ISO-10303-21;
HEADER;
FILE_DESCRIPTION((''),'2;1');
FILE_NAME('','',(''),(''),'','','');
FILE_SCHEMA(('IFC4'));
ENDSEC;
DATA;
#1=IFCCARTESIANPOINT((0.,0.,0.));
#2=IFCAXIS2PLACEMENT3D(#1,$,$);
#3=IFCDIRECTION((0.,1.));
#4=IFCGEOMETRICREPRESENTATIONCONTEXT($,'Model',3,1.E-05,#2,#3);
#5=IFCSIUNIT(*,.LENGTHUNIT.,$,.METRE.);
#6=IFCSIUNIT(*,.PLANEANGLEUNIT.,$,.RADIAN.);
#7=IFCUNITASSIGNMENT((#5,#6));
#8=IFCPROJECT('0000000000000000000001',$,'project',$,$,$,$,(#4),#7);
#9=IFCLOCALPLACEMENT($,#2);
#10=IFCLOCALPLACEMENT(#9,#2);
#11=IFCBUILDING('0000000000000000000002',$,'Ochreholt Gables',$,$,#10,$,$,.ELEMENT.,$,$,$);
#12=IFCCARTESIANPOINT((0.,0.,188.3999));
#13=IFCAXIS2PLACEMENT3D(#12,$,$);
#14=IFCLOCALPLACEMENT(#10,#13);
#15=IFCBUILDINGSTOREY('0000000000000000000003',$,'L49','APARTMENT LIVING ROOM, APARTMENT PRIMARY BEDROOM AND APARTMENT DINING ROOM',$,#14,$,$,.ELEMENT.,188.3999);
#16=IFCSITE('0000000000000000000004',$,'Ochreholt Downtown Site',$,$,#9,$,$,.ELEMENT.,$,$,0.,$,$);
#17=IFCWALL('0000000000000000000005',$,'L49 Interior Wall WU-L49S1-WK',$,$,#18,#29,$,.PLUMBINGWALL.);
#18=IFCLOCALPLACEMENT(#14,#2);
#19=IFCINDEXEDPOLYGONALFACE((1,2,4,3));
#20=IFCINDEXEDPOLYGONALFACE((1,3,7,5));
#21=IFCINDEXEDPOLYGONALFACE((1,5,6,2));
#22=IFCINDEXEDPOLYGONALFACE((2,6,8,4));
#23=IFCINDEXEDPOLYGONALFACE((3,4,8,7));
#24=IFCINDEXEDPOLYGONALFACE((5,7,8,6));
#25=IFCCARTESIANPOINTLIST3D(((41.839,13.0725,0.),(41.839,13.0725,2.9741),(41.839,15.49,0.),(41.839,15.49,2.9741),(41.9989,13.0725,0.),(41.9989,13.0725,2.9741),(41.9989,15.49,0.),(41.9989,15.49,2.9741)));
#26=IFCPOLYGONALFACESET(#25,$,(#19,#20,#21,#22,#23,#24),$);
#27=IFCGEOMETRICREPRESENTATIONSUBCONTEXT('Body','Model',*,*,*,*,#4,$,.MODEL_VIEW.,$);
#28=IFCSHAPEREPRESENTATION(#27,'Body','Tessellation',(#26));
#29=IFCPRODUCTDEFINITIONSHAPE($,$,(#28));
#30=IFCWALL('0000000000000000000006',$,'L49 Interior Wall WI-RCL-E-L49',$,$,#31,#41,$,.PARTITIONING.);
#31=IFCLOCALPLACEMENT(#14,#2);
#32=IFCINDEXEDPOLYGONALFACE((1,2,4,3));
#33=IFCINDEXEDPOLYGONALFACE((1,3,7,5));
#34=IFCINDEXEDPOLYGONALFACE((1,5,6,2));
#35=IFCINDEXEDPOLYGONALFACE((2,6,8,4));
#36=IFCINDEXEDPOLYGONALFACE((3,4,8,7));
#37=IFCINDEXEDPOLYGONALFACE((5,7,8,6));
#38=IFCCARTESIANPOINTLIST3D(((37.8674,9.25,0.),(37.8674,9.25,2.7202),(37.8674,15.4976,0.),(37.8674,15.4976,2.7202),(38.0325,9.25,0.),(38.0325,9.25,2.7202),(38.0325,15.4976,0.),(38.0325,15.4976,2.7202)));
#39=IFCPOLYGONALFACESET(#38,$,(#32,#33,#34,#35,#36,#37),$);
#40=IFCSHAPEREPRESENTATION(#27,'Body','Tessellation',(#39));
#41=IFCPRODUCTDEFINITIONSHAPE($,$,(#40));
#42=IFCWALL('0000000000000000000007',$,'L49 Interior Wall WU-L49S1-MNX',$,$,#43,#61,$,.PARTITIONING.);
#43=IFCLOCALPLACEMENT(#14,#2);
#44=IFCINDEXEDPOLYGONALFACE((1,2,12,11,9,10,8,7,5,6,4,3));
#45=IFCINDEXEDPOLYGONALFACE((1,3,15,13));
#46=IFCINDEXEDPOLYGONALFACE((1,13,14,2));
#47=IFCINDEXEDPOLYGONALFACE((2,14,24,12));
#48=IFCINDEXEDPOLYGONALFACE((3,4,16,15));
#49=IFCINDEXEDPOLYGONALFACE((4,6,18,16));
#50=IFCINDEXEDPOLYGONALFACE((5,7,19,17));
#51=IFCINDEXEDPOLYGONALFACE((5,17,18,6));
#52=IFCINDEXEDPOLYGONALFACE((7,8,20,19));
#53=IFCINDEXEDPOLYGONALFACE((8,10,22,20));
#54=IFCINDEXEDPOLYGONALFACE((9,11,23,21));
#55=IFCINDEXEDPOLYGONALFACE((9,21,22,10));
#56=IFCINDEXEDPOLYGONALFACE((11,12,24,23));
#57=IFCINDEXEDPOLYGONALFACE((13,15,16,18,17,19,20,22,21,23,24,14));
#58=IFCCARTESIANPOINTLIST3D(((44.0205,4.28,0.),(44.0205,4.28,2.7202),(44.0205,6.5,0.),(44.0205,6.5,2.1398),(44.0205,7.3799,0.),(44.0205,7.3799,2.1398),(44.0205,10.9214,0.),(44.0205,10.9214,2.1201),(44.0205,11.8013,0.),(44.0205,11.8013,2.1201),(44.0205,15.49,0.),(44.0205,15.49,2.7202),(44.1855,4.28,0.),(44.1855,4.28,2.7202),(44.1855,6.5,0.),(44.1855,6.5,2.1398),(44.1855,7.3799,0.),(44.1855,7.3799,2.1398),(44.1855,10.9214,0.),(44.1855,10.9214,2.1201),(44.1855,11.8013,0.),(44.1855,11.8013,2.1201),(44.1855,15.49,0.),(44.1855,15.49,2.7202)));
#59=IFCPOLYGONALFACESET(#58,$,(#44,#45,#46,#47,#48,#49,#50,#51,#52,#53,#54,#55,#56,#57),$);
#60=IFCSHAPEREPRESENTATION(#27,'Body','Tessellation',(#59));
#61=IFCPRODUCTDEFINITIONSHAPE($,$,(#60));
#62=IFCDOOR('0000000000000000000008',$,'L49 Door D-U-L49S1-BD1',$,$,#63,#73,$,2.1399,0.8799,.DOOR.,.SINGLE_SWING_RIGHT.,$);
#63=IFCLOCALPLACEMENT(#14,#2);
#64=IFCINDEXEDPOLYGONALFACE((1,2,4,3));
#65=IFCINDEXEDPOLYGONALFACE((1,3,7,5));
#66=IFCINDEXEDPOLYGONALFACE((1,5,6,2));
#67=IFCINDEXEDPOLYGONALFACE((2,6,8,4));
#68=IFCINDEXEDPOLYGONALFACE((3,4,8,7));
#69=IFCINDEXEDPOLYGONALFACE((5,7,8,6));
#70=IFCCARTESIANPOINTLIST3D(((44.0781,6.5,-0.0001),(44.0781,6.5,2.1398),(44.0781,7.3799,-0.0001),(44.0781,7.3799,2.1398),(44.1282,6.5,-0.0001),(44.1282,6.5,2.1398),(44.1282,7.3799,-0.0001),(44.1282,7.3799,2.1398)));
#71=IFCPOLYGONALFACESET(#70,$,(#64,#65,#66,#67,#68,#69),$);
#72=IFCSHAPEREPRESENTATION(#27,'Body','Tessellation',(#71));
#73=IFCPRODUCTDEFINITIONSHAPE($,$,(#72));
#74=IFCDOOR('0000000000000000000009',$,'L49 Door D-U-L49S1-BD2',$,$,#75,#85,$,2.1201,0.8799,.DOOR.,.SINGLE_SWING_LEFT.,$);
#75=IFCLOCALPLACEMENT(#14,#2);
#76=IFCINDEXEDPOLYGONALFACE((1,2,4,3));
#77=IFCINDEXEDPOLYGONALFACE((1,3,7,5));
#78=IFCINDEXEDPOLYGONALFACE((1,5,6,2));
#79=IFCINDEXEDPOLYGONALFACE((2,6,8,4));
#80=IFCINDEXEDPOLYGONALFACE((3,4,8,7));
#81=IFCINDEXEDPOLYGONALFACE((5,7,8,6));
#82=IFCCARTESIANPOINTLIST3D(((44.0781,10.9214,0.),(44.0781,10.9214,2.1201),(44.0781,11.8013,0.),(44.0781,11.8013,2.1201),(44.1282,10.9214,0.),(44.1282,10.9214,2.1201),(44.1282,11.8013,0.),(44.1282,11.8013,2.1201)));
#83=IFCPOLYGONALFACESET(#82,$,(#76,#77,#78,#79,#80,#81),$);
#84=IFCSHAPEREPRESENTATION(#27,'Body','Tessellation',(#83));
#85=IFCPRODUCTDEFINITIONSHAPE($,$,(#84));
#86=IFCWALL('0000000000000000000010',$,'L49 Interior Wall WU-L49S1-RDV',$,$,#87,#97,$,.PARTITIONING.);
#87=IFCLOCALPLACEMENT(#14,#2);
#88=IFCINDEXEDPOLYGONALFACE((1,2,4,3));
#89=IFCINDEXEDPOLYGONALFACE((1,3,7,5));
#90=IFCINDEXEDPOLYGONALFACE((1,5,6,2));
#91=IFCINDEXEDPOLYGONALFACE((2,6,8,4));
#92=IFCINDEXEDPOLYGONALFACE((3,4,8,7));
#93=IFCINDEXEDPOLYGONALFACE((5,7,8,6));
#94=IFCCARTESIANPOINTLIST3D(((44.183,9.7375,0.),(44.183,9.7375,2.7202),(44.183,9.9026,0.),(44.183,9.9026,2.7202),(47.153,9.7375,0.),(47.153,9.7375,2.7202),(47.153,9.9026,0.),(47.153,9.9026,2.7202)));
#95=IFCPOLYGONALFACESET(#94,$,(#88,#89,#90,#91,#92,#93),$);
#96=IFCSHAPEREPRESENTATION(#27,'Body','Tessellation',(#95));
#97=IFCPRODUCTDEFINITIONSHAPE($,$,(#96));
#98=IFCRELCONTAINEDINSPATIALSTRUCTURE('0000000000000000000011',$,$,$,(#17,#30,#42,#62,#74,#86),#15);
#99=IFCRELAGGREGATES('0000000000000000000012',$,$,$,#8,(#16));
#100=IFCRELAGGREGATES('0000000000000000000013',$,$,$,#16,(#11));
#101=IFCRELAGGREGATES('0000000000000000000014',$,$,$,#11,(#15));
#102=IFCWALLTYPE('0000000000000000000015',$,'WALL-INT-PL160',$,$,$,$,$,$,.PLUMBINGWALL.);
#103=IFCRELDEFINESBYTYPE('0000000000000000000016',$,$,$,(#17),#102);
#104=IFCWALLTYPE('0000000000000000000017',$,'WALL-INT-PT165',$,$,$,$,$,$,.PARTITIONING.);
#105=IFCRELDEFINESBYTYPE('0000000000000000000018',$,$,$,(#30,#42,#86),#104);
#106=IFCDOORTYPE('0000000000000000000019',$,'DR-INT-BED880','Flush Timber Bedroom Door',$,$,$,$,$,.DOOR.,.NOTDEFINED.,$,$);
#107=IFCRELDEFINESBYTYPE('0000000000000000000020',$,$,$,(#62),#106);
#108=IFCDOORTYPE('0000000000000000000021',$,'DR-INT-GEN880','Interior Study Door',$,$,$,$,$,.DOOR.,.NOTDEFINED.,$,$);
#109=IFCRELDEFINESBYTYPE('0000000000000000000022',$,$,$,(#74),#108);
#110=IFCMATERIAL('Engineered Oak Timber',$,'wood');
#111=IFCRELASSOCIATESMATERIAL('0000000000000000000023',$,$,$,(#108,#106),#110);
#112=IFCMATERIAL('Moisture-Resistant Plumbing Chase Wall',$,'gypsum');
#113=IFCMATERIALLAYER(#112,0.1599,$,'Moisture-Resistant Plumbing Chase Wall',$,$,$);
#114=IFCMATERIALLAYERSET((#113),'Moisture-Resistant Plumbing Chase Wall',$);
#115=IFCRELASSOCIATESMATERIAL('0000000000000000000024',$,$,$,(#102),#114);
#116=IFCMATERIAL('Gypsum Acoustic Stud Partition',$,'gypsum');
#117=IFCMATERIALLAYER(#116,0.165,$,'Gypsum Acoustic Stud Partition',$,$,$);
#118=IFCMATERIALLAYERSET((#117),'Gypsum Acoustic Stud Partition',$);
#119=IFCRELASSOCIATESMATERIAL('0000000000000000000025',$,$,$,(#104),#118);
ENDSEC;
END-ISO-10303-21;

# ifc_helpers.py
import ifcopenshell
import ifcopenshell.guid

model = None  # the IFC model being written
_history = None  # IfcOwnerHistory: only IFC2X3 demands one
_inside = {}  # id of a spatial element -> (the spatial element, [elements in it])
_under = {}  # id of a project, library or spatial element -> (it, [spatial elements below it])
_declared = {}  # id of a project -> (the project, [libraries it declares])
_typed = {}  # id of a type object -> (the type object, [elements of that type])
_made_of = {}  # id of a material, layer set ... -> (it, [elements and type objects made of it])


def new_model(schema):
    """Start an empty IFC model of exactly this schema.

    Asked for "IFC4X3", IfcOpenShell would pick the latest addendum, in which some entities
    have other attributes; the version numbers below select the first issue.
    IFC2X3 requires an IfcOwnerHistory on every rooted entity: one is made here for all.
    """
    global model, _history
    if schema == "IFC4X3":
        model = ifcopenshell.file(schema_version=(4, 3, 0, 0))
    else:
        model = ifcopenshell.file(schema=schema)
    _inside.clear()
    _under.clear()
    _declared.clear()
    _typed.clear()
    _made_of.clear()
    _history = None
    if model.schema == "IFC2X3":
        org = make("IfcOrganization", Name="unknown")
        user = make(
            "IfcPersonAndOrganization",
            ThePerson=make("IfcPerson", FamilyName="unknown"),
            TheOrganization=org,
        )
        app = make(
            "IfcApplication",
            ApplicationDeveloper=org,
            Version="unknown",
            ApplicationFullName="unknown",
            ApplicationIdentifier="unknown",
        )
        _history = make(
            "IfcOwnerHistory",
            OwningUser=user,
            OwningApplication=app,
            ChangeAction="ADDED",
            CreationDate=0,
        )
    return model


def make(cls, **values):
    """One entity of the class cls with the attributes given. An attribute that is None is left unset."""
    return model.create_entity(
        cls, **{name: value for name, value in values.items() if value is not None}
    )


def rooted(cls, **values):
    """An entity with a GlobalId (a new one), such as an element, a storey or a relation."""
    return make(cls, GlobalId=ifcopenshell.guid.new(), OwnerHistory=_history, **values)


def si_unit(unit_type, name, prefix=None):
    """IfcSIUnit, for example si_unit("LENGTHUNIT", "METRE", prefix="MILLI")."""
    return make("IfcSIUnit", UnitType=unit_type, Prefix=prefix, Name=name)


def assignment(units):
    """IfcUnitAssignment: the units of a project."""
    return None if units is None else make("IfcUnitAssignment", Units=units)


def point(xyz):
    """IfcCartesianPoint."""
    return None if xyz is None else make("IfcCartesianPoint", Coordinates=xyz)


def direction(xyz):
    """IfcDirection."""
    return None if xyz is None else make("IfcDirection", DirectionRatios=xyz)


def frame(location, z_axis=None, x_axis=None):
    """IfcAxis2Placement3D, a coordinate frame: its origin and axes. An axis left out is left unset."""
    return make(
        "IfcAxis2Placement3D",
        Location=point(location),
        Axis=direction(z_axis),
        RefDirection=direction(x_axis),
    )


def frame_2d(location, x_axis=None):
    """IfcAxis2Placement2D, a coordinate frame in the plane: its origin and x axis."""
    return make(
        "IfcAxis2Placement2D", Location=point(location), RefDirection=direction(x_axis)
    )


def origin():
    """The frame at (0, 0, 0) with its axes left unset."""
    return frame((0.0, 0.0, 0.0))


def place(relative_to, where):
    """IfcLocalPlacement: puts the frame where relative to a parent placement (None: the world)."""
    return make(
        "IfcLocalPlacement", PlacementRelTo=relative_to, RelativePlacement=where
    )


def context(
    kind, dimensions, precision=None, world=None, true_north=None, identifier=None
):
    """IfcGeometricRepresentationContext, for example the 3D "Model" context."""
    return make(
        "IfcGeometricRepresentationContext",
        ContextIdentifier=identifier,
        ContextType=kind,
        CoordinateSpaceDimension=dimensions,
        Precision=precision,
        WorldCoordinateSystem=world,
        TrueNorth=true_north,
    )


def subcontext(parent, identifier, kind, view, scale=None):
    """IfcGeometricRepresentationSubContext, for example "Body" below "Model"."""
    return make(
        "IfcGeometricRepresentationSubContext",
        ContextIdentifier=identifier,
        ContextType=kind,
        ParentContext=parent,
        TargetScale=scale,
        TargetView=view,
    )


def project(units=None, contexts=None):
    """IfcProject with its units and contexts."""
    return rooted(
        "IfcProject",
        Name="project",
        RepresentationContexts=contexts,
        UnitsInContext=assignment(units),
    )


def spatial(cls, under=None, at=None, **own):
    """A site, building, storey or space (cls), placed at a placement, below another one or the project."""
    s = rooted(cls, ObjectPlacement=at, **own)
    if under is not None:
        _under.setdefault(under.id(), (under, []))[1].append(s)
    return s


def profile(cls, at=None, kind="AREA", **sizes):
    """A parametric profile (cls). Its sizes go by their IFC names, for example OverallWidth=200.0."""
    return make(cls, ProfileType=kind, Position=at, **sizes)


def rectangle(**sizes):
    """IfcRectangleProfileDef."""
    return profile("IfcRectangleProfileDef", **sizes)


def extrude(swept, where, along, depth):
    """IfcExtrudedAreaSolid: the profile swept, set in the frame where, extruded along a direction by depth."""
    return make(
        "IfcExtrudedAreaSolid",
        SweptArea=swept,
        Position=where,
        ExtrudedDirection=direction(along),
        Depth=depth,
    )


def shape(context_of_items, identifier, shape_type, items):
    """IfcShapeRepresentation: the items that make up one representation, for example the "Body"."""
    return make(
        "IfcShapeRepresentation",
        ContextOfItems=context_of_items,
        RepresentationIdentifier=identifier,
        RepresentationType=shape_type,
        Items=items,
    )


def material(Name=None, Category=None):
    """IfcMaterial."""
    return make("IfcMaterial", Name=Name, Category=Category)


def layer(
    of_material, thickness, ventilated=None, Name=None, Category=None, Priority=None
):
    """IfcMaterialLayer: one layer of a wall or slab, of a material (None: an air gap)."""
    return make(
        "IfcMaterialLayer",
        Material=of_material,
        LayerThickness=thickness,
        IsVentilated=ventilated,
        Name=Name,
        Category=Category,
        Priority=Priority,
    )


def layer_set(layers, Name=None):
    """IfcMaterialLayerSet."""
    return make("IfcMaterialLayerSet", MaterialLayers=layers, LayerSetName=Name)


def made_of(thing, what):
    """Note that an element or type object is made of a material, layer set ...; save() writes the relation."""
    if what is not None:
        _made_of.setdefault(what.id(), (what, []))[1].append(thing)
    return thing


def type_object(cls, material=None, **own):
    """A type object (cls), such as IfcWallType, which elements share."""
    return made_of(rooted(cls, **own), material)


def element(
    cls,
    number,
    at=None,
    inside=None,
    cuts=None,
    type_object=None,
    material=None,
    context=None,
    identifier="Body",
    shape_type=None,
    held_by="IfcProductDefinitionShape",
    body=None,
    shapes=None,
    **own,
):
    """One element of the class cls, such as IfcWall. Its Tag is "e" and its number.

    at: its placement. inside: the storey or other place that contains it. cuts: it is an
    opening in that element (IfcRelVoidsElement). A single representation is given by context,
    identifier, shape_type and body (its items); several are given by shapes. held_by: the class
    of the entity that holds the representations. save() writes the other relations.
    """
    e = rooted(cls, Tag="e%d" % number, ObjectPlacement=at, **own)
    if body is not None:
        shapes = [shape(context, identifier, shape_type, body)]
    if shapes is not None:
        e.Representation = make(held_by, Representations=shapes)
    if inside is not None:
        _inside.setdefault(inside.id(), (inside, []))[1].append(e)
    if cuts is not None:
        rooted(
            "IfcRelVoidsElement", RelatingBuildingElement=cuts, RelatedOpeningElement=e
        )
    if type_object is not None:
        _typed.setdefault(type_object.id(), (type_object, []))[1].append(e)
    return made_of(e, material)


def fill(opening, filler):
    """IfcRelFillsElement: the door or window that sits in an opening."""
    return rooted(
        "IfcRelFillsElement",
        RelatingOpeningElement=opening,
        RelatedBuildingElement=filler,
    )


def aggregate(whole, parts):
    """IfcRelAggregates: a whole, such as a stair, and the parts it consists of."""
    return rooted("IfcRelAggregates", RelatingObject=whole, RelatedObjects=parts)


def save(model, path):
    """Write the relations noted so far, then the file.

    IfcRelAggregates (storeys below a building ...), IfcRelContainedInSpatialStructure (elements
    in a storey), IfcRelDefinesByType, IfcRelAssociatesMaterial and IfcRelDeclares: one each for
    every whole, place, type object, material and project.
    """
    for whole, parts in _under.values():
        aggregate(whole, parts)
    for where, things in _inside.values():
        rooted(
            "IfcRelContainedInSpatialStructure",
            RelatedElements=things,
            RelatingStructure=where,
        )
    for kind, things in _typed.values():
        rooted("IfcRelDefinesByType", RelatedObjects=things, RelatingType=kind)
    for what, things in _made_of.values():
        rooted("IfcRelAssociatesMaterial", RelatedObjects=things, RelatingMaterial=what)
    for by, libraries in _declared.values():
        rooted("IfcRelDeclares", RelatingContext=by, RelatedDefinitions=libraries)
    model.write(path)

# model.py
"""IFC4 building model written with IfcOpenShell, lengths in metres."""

from ifc_helpers import new_model, si_unit, direction, frame, frame_2d, origin, place, context, subcontext, project, spatial, rectangle, extrude, material, layer, layer_set, type_object, element, fill, save


model = new_model("IFC4")

# Units and contexts
model_context = context("Model", 3, precision=1e-05, world=origin(), true_north=direction((0.0, 1.0)))
body_context = subcontext(model_context, "Body", "Model", "MODEL_VIEW")
ifc_project = project(units=[si_unit("LENGTHUNIT", "METRE"), si_unit("PLANEANGLEUNIT", "RADIAN")], contexts=[model_context])

# Site, building, storey
site_placement = place(None, origin())
site = spatial("IfcSite", under=ifc_project, at=site_placement, Name="Ochreholt Downtown Site", CompositionType="ELEMENT", RefElevation=0.0)
building_placement = place(site_placement, origin())
building = spatial("IfcBuilding", under=site, at=building_placement, Name="Ochreholt Gables", CompositionType="ELEMENT")
storey_placement = place(building_placement, frame((0.0, 0.0, 188.3999)))
storey = spatial("IfcBuildingStorey", under=building, at=storey_placement, Name="L49", Description="APARTMENT LIVING ROOM, APARTMENT PRIMARY BEDROOM AND APARTMENT DINING ROOM", CompositionType="ELEMENT", Elevation=188.3999)

# Shared definitions
ifc_material_1 = material(Name="Engineered Oak Timber", Category="wood")
door_type_1 = type_object("IfcDoorType", Name="DR-INT-GEN880", Description="Interior Study Door", OperationType="NOTDEFINED", PredefinedType="DOOR", material=ifc_material_1)

# Shared definitions
ifc_material_2 = material(Name="Moisture-Resistant Plumbing Chase Wall", Category="gypsum")
ifc_layer_1 = layer(ifc_material_2, 0.1599, Name="Moisture-Resistant Plumbing Chase Wall")
ifc_layer_set_1 = layer_set([ifc_layer_1], Name="Moisture-Resistant Plumbing Chase Wall")
wall_type_1 = type_object("IfcWallType", Name="WALL-INT-PL160", PredefinedType="PLUMBINGWALL", material=ifc_layer_set_1)

# Walls
wall_1_placement = place(storey_placement, frame((41.9189, 13.0725, 0.0), z_axis=(0.0, 0.0, 1.0), x_axis=(0.0, 1.0, 0.0)))
element("IfcWall", 1, at=wall_1_placement, inside=storey, type_object=wall_type_1, Name="L49 Interior Wall WU-L49S1-WK", PredefinedType="PLUMBINGWALL", context=body_context, shape_type="SweptSolid", body=[
    extrude(rectangle(XDim=2.4175, YDim=0.1599, at=frame_2d((1.2087, 0.0))), origin(), (0.0, 0.0, 1.0), 2.9741),
])
ifc_material_3 = material(Name="Gypsum Acoustic Stud Partition", Category="gypsum")
ifc_layer_2 = layer(ifc_material_3, 0.165, Name="Gypsum Acoustic Stud Partition")
ifc_layer_set_2 = layer_set([ifc_layer_2], Name="Gypsum Acoustic Stud Partition")
wall_type_2 = type_object("IfcWallType", Name="WALL-INT-PT165", PredefinedType="PARTITIONING", material=ifc_layer_set_2)
wall_2_placement = place(storey_placement, frame((37.95, 9.25, 0.0), z_axis=(0.0, 0.0, 1.0), x_axis=(0.0, 1.0, 0.0)))
element("IfcWall", 2, at=wall_2_placement, inside=storey, type_object=wall_type_2, Name="L49 Interior Wall WI-RCL-E-L49", PredefinedType="PARTITIONING", context=body_context, shape_type="SweptSolid", body=[
    extrude(rectangle(XDim=6.2476, YDim=0.165, at=frame_2d((3.1238, 0.0))), origin(), (0.0, 0.0, 1.0), 2.7202),
])

# Wall, openings, doors
wall_3_placement = place(storey_placement, frame((44.103, 4.28, 0.0), z_axis=(0.0, 0.0, 1.0), x_axis=(0.0, 1.0, 0.0)))
wall_3 = element("IfcWall", 3, at=wall_3_placement, inside=storey, type_object=wall_type_2, Name="L49 Interior Wall WU-L49S1-MNX", PredefinedType="PARTITIONING", context=body_context, shape_type="SweptSolid", body=[
    extrude(rectangle(XDim=11.21, YDim=0.165, at=frame_2d((5.605, 0.0))), origin(), (0.0, 0.0, 1.0), 2.7202),
])
opening_1_placement = place(wall_3_placement, frame((2.22, 0.0, 0.0)))
opening_1 = element("IfcOpeningElement", 4, at=opening_1_placement, cuts=wall_3, PredefinedType="OPENING", context=body_context, shape_type="SweptSolid", body=[
    extrude(rectangle(XDim=0.8799, YDim=2.1399, at=frame_2d((0.4399, 1.0698))), frame((0.0, 0.0925, 0.0), z_axis=(0.0, -1.0, 0.0), x_axis=(1.0, 0.0, 0.0)), (0.0, 0.0, 1.0), 0.1851),
])
opening_2_placement = place(wall_3_placement, frame((6.6414, 0.0, 0.0)))
opening_2 = element("IfcOpeningElement", 5, at=opening_2_placement, cuts=wall_3, PredefinedType="OPENING", context=body_context, shape_type="SweptSolid", body=[
    extrude(rectangle(XDim=0.8799, YDim=2.1201, at=frame_2d((0.4399, 1.0601))), frame((0.0, 0.0925, 0.0), z_axis=(0.0, -1.0, 0.0), x_axis=(1.0, 0.0, 0.0)), (0.0, 0.0, 1.0), 0.1851),
])
door_type_2 = type_object("IfcDoorType", Name="DR-INT-BED880", Description="Flush Timber Bedroom Door", OperationType="NOTDEFINED", PredefinedType="DOOR", material=ifc_material_1)
door_1_placement = place(opening_1_placement, origin())
door_1 = element("IfcDoor", 6, at=door_1_placement, inside=storey, type_object=door_type_2, Name="L49 Door D-U-L49S1-BD1", OperationType="SINGLE_SWING_RIGHT", OverallHeight=2.1399, OverallWidth=0.8799, PredefinedType="DOOR", context=body_context, shape_type="SweptSolid", body=[
    extrude(rectangle(XDim=0.8799, YDim=2.1399, at=frame_2d((0.4399, 1.0698))), frame((0.0, 0.0249, 0.0), z_axis=(0.0, -1.0, 0.0), x_axis=(1.0, 0.0, 0.0)), (0.0, 0.0, 1.0), 0.05),
])
fill(opening_1, door_1)
door_2_placement = place(opening_2_placement, origin())
door_2 = element("IfcDoor", 7, at=door_2_placement, inside=storey, type_object=door_type_1, Name="L49 Door D-U-L49S1-BD2", OperationType="SINGLE_SWING_LEFT", OverallHeight=2.1201, OverallWidth=0.8799, PredefinedType="DOOR", context=body_context, shape_type="SweptSolid", body=[
    extrude(rectangle(XDim=0.8799, YDim=2.1201, at=frame_2d((0.4399, 1.0601))), frame((0.0, 0.0249, 0.0), z_axis=(0.0, -1.0, 0.0), x_axis=(1.0, 0.0, 0.0)), (0.0, 0.0, 1.0), 0.05),
])
fill(opening_2, door_2)

# Wall
wall_4_placement = place(storey_placement, frame((44.1831, 9.8201, 0.0), z_axis=(0.0, 0.0, 1.0), x_axis=(1.0, 0.0, 0.0)))
element("IfcWall", 8, at=wall_4_placement, inside=storey, type_object=wall_type_2, Name="L49 Interior Wall WU-L49S1-RDV", PredefinedType="PARTITIONING", context=body_context, shape_type="SweptSolid", body=[
    extrude(rectangle(XDim=2.97, YDim=0.165, at=frame_2d((1.4849, 0.0))), origin(), (0.0, 0.0, 1.0), 2.7202),
])

save(model, "model.ifc")
